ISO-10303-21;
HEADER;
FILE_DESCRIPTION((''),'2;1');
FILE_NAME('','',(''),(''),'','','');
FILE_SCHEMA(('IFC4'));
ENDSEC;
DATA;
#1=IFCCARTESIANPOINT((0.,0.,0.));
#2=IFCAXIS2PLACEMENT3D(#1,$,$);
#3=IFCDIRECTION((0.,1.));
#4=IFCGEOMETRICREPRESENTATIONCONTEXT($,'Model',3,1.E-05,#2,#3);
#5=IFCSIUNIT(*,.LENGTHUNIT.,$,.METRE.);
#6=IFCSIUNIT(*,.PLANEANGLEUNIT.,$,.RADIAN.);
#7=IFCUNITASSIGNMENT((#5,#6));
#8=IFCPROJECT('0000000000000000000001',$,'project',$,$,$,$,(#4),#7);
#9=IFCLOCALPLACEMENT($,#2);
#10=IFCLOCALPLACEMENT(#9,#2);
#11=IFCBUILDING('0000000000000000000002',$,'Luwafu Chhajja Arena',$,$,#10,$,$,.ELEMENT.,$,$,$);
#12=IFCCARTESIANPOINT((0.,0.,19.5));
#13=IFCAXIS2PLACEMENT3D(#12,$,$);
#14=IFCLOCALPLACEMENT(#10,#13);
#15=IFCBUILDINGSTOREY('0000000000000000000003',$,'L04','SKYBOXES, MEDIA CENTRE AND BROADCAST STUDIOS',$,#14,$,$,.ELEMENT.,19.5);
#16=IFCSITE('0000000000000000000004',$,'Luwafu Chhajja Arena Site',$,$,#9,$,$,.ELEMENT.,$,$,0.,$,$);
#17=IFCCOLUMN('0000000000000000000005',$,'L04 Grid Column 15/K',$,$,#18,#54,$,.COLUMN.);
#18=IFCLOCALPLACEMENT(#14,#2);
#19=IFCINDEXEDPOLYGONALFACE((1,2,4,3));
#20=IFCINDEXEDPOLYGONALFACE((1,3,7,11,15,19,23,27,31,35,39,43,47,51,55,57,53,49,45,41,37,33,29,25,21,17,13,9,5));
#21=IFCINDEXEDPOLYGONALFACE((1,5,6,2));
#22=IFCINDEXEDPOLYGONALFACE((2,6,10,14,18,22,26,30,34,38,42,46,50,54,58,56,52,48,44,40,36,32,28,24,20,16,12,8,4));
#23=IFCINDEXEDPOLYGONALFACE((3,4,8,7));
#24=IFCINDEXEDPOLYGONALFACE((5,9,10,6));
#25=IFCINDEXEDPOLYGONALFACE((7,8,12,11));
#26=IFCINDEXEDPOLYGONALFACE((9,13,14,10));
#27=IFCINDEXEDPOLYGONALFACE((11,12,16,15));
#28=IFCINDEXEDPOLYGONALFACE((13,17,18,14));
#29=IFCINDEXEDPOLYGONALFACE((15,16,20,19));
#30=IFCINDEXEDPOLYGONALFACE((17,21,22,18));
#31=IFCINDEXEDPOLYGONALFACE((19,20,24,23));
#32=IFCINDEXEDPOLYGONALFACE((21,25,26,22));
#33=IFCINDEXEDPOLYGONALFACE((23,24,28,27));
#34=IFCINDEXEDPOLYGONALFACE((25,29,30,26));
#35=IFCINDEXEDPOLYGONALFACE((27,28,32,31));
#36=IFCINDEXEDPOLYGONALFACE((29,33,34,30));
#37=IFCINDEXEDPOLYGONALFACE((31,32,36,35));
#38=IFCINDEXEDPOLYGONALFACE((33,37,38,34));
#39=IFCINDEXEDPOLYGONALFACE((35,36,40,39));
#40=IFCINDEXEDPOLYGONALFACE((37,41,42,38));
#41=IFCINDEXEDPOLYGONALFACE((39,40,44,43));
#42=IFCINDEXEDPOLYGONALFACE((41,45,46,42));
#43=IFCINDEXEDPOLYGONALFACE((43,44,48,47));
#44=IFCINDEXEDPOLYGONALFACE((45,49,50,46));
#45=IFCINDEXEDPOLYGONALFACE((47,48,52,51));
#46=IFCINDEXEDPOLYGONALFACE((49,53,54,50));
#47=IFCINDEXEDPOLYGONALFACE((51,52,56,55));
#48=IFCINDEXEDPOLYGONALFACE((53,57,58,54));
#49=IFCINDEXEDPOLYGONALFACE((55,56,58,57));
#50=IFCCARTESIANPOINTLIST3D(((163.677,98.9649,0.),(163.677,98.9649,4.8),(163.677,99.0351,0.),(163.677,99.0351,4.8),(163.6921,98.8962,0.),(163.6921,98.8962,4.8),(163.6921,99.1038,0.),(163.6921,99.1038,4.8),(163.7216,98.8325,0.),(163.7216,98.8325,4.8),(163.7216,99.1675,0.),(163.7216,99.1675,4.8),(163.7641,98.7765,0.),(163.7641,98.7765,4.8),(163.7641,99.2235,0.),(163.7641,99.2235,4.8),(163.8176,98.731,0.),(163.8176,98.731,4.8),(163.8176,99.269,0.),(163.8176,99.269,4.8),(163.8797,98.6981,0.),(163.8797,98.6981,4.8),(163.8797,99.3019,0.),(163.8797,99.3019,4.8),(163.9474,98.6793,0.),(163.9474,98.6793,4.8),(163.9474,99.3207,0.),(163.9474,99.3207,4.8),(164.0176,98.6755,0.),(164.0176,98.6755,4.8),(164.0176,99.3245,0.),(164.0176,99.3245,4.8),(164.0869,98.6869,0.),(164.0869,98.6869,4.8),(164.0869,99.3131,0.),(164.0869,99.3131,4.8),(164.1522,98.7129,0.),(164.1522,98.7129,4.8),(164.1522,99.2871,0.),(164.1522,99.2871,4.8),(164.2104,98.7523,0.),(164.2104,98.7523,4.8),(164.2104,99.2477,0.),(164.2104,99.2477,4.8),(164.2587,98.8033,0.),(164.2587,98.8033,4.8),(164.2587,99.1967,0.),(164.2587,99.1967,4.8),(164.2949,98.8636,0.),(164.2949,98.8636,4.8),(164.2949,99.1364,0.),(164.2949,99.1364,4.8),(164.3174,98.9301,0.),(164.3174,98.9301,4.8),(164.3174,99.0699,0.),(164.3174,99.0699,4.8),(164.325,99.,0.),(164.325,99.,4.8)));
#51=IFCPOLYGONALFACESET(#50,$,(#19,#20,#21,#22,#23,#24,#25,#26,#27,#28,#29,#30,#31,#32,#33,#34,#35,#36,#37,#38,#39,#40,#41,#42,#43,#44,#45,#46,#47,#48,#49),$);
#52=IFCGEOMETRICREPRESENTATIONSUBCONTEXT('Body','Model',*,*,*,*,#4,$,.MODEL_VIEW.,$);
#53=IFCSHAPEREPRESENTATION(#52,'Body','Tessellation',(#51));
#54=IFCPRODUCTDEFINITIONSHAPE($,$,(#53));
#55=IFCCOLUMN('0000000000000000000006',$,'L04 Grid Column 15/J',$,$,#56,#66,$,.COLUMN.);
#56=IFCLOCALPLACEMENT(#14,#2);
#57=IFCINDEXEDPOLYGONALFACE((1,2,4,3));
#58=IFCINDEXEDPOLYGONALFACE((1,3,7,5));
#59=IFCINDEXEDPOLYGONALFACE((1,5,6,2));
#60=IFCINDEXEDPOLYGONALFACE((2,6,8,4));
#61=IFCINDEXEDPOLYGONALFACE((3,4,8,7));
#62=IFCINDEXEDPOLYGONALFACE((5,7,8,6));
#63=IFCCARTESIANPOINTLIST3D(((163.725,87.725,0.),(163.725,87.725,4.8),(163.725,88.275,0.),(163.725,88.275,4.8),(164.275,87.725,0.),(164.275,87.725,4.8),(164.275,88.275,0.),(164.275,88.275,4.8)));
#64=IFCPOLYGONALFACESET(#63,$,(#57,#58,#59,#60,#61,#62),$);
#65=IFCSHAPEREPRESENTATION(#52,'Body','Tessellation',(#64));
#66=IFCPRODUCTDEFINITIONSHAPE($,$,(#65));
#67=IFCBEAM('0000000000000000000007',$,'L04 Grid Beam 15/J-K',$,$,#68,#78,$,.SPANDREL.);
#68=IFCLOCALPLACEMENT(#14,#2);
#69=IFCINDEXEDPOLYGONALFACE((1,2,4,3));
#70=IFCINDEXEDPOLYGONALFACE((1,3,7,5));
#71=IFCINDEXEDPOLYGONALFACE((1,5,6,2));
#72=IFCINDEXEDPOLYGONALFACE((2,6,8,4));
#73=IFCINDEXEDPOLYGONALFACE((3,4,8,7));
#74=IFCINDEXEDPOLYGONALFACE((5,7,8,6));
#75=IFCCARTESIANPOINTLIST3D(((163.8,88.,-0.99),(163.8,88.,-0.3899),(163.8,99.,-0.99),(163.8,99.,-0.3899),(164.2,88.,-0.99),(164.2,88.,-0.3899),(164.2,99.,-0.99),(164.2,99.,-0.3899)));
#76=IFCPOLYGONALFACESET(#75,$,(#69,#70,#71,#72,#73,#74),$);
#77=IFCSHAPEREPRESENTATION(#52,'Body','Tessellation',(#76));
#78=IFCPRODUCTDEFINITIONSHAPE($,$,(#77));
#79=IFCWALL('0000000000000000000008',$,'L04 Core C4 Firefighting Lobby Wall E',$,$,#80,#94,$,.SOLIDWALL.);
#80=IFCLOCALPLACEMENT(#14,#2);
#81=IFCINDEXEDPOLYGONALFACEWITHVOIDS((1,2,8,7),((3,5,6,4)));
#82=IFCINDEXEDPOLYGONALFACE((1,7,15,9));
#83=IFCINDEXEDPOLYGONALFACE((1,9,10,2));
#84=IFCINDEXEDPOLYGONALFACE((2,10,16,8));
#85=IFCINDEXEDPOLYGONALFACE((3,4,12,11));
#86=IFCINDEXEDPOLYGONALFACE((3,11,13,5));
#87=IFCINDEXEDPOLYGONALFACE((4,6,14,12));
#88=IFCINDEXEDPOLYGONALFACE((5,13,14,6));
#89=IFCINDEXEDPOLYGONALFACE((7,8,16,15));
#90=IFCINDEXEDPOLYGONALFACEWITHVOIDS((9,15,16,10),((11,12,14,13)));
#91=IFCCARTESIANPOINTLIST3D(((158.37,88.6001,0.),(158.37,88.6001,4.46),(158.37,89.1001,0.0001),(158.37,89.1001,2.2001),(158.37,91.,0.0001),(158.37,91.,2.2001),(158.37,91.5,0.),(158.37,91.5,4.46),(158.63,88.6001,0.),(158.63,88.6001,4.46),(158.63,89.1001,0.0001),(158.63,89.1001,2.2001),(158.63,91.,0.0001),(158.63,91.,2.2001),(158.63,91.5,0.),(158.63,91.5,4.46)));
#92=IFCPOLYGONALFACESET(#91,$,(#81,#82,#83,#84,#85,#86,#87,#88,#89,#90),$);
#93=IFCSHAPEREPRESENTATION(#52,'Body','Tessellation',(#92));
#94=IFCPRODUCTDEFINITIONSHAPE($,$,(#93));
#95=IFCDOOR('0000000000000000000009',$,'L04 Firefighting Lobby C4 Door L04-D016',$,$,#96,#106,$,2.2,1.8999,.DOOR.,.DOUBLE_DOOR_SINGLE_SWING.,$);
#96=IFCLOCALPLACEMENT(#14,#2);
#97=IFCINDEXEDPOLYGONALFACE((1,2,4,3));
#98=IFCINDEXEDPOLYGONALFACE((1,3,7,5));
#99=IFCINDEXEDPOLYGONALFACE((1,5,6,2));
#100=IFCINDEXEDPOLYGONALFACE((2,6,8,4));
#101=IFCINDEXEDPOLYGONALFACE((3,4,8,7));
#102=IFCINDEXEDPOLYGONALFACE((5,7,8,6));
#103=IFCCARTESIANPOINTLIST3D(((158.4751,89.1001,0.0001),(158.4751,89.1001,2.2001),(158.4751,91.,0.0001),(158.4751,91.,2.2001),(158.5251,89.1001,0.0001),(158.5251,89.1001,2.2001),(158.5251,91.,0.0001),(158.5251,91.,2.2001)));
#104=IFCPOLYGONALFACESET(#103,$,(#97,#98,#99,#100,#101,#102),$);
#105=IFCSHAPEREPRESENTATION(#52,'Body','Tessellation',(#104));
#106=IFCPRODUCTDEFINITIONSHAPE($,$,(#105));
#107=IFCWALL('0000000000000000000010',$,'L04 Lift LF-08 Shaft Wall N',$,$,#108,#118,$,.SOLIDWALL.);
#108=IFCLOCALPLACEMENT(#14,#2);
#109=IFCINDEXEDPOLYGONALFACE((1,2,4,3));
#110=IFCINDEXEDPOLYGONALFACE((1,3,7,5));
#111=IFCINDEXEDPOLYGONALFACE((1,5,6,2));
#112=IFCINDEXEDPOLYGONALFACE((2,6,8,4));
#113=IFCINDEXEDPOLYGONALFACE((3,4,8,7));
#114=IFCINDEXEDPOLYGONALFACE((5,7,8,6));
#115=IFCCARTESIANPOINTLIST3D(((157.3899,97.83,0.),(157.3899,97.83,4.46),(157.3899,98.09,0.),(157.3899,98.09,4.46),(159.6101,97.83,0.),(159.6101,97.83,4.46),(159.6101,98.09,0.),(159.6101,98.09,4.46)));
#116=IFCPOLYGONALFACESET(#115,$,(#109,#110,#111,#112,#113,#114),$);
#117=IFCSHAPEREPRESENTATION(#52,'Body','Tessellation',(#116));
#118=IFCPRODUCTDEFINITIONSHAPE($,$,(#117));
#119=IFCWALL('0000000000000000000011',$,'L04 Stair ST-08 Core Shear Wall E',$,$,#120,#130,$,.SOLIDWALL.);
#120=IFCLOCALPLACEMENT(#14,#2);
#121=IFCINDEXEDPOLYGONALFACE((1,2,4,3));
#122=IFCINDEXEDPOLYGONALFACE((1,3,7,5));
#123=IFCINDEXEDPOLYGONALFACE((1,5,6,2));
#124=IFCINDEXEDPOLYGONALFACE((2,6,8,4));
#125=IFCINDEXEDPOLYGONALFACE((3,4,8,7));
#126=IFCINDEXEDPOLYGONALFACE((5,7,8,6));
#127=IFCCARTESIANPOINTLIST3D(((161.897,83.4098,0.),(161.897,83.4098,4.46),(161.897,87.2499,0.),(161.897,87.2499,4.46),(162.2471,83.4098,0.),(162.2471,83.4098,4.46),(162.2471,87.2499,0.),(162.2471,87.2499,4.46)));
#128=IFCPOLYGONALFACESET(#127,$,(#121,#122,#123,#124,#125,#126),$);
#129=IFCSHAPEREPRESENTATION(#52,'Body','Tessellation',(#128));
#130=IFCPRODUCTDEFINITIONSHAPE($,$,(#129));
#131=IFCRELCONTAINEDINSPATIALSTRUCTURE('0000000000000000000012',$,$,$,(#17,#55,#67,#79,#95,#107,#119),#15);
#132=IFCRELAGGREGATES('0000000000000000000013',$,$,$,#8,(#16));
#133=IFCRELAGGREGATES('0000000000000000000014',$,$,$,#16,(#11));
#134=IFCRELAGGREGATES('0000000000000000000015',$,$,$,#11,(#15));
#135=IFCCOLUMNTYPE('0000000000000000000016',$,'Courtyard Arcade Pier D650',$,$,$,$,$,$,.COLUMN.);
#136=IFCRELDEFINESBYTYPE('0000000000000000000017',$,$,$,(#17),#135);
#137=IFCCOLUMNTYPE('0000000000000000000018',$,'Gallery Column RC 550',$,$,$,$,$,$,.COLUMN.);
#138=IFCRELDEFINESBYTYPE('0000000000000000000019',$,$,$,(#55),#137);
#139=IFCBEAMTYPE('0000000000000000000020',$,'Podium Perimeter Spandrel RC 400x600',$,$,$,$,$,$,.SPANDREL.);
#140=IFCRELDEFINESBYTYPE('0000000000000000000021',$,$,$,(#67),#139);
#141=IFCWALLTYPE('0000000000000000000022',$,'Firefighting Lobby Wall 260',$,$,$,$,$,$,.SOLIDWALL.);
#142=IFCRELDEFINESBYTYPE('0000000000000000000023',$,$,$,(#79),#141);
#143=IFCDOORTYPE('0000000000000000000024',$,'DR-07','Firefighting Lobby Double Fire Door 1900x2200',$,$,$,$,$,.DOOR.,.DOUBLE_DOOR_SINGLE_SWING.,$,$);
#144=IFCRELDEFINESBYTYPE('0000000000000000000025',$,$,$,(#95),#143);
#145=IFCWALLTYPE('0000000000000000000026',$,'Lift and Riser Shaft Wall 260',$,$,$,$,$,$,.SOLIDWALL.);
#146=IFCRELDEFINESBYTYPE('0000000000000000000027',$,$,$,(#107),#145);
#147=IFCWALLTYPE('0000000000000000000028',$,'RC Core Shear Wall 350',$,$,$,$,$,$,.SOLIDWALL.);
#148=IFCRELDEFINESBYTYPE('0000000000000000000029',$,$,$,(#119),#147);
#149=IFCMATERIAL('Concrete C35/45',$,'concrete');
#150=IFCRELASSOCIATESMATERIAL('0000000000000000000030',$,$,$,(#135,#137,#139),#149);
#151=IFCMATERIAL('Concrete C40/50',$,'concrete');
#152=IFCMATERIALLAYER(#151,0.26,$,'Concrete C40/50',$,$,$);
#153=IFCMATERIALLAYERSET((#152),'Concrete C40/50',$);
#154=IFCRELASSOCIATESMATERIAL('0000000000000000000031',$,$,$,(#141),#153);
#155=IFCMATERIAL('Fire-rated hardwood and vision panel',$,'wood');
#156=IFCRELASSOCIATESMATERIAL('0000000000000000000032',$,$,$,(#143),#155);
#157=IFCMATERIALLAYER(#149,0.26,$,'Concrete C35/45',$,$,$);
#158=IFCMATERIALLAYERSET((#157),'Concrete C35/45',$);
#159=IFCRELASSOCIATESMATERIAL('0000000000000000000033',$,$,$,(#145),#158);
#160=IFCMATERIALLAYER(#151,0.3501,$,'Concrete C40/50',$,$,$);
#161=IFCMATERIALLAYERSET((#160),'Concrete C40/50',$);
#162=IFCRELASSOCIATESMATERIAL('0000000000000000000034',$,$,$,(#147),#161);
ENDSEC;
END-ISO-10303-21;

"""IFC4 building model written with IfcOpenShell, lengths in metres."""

from ifc_helpers import new_model, si_unit, direction, frame, frame_2d, origin, origin_2d, place, context, subcontext, project, spatial, rectangle, circle, extrude, material, layer, layer_set, material_profile, profile_set, type_object, element, fill, save


model = new_model("IFC4")

# Units and contexts
model_context = context("Model", 3, precision=1e-05, world=origin(), true_north=direction((0.0, 1.0)))
body_context = subcontext(model_context, "Body", "Model", "MODEL_VIEW")
ifc_project = project(units=[si_unit("LENGTHUNIT", "METRE"), si_unit("PLANEANGLEUNIT", "RADIAN")], contexts=[model_context])

# Site, building, storey
site_placement = place(None, origin())
site = spatial("IfcSite", under=ifc_project, at=site_placement, Name="Luwafu Chhajja Arena Site", CompositionType="ELEMENT", RefElevation=0.0)
building_placement = place(site_placement, origin())
building = spatial("IfcBuilding", under=site, at=building_placement, Name="Luwafu Chhajja Arena", CompositionType="ELEMENT")
storey_placement = place(building_placement, frame((0.0, 0.0, 19.5)))
storey = spatial("IfcBuildingStorey", under=building, at=storey_placement, Name="L04", Description="SKYBOXES, MEDIA CENTRE AND BROADCAST STUDIOS", CompositionType="ELEMENT", Elevation=19.5)

# Columns
ifc_material_1 = material(Name="Concrete C35/45", Category="concrete")
ifc_material_profile_1 = material_profile(ifc_material_1, circle(Radius=0.325, at=origin_2d()), Name="RC COL D650")
ifc_profile_set_1 = profile_set([ifc_material_profile_1], Name="Concrete C35/45")
column_type_1 = type_object("IfcColumnType", Name="Courtyard Arcade Pier D650", PredefinedType="COLUMN", material=ifc_profile_set_1)
column_1_placement = place(storey_placement, frame((164.0, 99.0, 0.0), z_axis=(0.0, 0.0, 1.0), x_axis=(1.0, 0.0, 0.0)))
element("IfcColumn", 1, at=column_1_placement, inside=storey, type_object=column_type_1, Name="L04 Grid Column 15/K", PredefinedType="COLUMN", context=body_context, shape_type="SweptSolid", body=[
    extrude(circle(Radius=0.325, at=origin_2d()), origin(), (0.0, 0.0, 1.0), 4.8),
])
ifc_material_profile_2 = material_profile(ifc_material_1, rectangle(XDim=0.55, YDim=0.55, at=origin_2d()), Name="RC 550x550")
ifc_profile_set_2 = profile_set([ifc_material_profile_2], Name="Concrete C35/45")
column_type_2 = type_object("IfcColumnType", Name="Gallery Column RC 550", PredefinedType="COLUMN", material=ifc_profile_set_2)
column_2_placement = place(storey_placement, frame((164.0, 88.0, 0.0), z_axis=(0.0, 0.0, 1.0), x_axis=(1.0, 0.0, 0.0)))
element("IfcColumn", 2, at=column_2_placement, inside=storey, type_object=column_type_2, Name="L04 Grid Column 15/J", PredefinedType="COLUMN", context=body_context, shape_type="SweptSolid", body=[
    extrude(rectangle(XDim=0.55, YDim=0.55, at=origin_2d()), origin(), (0.0, 0.0, 1.0), 4.8),
])

# Beam
ifc_material_profile_3 = material_profile(ifc_material_1, rectangle(XDim=0.3999, YDim=0.6001, at=origin_2d()), Name="RC 400x600")
ifc_profile_set_3 = profile_set([ifc_material_profile_3], Name="Concrete C35/45")
beam_type = type_object("IfcBeamType", Name="Podium Perimeter Spandrel RC 400x600", PredefinedType="SPANDREL", material=ifc_profile_set_3)
beam_placement = place(storey_placement, frame((164.0, 88.0, -0.6899), z_axis=(0.0, 1.0, 0.0), x_axis=(-1.0, 0.0, 0.0)))
element("IfcBeam", 3, at=beam_placement, inside=storey, type_object=beam_type, Name="L04 Grid Beam 15/J-K", PredefinedType="SPANDREL", context=body_context, shape_type="SweptSolid", body=[
    extrude(rectangle(XDim=0.3999, YDim=0.6001, at=origin_2d()), origin(), (0.0, 0.0, 1.0), 11.0),
])

# Wall, opening, door
ifc_material_2 = material(Name="Concrete C40/50", Category="concrete")
ifc_layer_1 = layer(ifc_material_2, 0.26, Name="Concrete C40/50")
ifc_layer_set_1 = layer_set([ifc_layer_1], Name="Concrete C40/50")
wall_type_1 = type_object("IfcWallType", Name="Firefighting Lobby Wall 260", PredefinedType="SOLIDWALL", material=ifc_layer_set_1)
wall_1_placement = place(storey_placement, frame((158.5, 88.6001, 0.0), z_axis=(0.0, 0.0, 1.0), x_axis=(0.0, 1.0, 0.0)))
wall_1 = element("IfcWall", 4, at=wall_1_placement, inside=storey, type_object=wall_type_1, Name="L04 Core C4 Firefighting Lobby Wall E", PredefinedType="SOLIDWALL", context=body_context, shape_type="SweptSolid", body=[
    extrude(rectangle(XDim=2.8999, YDim=0.26, at=frame_2d((1.45, 0.0))), origin(), (0.0, 0.0, 1.0), 4.46),
])
opening_1_placement = place(wall_1_placement, frame((0.5, 0.0, 0.0)))
opening_1 = element("IfcOpeningElement", 5, at=opening_1_placement, cuts=wall_1, PredefinedType="OPENING", context=body_context, shape_type="SweptSolid", body=[
    extrude(rectangle(XDim=1.8999, YDim=2.2, at=frame_2d((0.95, 1.1001))), frame((0.0, 0.1399, 0.0), z_axis=(0.0, -1.0, 0.0), x_axis=(1.0, 0.0, 0.0)), (0.0, 0.0, 1.0), 0.28),
])
ifc_material_3 = material(Name="Fire-rated hardwood and vision panel", Category="wood")
door_type_1 = type_object("IfcDoorType", Name="DR-07", Description="Firefighting Lobby Double Fire Door 1900x2200", OperationType="DOUBLE_DOOR_SINGLE_SWING", PredefinedType="DOOR", material=ifc_material_3)
door_1_placement = place(opening_1_placement, origin())
door_1 = element("IfcDoor", 6, at=door_1_placement, inside=storey, type_object=door_type_1, Name="L04 Firefighting Lobby C4 Door L04-D016", OperationType="DOUBLE_DOOR_SINGLE_SWING", OverallHeight=2.2, OverallWidth=1.8999, PredefinedType="DOOR", context=body_context, shape_type="SweptSolid", body=[
    extrude(rectangle(XDim=1.8999, YDim=2.2, at=frame_2d((0.95, 1.1001))), frame((0.0, 0.0249, 0.0), z_axis=(0.0, -1.0, 0.0), x_axis=(1.0, 0.0, 0.0)), (0.0, 0.0, 1.0), 0.05),
])
fill(opening_1, door_1)

# Shared definitions
ifc_layer_2 = layer(ifc_material_1, 0.26, Name="Concrete C35/45")
ifc_layer_set_2 = layer_set([ifc_layer_2], Name="Concrete C35/45")
wall_type_2 = type_object("IfcWallType", Name="Lift and Riser Shaft Wall 260", PredefinedType="SOLIDWALL", material=ifc_layer_set_2)

# Walls
wall_2_placement = place(storey_placement, frame((157.3899, 97.96, 0.0), z_axis=(0.0, 0.0, 1.0), x_axis=(1.0, 0.0, 0.0)))
element("IfcWall", 7, at=wall_2_placement, inside=storey, type_object=wall_type_2, Name="L04 Lift LF-08 Shaft Wall N", PredefinedType="SOLIDWALL", context=body_context, shape_type="SweptSolid", body=[
    extrude(rectangle(XDim=2.2202, YDim=0.26, at=frame_2d((1.1101, 0.0))), origin(), (0.0, 0.0, 1.0), 4.46),
])
ifc_layer_3 = layer(ifc_material_2, 0.3501, Name="Concrete C40/50")
ifc_layer_set_3 = layer_set([ifc_layer_3], Name="Concrete C40/50")
wall_type_3 = type_object("IfcWallType", Name="RC Core Shear Wall 350", PredefinedType="SOLIDWALL", material=ifc_layer_set_3)
wall_3_placement = place(storey_placement, frame((162.072, 83.4099, 0.0), z_axis=(0.0, 0.0, 1.0), x_axis=(0.0, 1.0, 0.0)))
element("IfcWall", 8, at=wall_3_placement, inside=storey, type_object=wall_type_3, Name="L04 Stair ST-08 Core Shear Wall E", PredefinedType="SOLIDWALL", context=body_context, shape_type="SweptSolid", body=[
    extrude(rectangle(XDim=3.8401, YDim=0.3501, at=frame_2d((1.9199, 0.0))), origin(), (0.0, 0.0, 1.0), 4.46),
])

save(model, "model.ifc")
